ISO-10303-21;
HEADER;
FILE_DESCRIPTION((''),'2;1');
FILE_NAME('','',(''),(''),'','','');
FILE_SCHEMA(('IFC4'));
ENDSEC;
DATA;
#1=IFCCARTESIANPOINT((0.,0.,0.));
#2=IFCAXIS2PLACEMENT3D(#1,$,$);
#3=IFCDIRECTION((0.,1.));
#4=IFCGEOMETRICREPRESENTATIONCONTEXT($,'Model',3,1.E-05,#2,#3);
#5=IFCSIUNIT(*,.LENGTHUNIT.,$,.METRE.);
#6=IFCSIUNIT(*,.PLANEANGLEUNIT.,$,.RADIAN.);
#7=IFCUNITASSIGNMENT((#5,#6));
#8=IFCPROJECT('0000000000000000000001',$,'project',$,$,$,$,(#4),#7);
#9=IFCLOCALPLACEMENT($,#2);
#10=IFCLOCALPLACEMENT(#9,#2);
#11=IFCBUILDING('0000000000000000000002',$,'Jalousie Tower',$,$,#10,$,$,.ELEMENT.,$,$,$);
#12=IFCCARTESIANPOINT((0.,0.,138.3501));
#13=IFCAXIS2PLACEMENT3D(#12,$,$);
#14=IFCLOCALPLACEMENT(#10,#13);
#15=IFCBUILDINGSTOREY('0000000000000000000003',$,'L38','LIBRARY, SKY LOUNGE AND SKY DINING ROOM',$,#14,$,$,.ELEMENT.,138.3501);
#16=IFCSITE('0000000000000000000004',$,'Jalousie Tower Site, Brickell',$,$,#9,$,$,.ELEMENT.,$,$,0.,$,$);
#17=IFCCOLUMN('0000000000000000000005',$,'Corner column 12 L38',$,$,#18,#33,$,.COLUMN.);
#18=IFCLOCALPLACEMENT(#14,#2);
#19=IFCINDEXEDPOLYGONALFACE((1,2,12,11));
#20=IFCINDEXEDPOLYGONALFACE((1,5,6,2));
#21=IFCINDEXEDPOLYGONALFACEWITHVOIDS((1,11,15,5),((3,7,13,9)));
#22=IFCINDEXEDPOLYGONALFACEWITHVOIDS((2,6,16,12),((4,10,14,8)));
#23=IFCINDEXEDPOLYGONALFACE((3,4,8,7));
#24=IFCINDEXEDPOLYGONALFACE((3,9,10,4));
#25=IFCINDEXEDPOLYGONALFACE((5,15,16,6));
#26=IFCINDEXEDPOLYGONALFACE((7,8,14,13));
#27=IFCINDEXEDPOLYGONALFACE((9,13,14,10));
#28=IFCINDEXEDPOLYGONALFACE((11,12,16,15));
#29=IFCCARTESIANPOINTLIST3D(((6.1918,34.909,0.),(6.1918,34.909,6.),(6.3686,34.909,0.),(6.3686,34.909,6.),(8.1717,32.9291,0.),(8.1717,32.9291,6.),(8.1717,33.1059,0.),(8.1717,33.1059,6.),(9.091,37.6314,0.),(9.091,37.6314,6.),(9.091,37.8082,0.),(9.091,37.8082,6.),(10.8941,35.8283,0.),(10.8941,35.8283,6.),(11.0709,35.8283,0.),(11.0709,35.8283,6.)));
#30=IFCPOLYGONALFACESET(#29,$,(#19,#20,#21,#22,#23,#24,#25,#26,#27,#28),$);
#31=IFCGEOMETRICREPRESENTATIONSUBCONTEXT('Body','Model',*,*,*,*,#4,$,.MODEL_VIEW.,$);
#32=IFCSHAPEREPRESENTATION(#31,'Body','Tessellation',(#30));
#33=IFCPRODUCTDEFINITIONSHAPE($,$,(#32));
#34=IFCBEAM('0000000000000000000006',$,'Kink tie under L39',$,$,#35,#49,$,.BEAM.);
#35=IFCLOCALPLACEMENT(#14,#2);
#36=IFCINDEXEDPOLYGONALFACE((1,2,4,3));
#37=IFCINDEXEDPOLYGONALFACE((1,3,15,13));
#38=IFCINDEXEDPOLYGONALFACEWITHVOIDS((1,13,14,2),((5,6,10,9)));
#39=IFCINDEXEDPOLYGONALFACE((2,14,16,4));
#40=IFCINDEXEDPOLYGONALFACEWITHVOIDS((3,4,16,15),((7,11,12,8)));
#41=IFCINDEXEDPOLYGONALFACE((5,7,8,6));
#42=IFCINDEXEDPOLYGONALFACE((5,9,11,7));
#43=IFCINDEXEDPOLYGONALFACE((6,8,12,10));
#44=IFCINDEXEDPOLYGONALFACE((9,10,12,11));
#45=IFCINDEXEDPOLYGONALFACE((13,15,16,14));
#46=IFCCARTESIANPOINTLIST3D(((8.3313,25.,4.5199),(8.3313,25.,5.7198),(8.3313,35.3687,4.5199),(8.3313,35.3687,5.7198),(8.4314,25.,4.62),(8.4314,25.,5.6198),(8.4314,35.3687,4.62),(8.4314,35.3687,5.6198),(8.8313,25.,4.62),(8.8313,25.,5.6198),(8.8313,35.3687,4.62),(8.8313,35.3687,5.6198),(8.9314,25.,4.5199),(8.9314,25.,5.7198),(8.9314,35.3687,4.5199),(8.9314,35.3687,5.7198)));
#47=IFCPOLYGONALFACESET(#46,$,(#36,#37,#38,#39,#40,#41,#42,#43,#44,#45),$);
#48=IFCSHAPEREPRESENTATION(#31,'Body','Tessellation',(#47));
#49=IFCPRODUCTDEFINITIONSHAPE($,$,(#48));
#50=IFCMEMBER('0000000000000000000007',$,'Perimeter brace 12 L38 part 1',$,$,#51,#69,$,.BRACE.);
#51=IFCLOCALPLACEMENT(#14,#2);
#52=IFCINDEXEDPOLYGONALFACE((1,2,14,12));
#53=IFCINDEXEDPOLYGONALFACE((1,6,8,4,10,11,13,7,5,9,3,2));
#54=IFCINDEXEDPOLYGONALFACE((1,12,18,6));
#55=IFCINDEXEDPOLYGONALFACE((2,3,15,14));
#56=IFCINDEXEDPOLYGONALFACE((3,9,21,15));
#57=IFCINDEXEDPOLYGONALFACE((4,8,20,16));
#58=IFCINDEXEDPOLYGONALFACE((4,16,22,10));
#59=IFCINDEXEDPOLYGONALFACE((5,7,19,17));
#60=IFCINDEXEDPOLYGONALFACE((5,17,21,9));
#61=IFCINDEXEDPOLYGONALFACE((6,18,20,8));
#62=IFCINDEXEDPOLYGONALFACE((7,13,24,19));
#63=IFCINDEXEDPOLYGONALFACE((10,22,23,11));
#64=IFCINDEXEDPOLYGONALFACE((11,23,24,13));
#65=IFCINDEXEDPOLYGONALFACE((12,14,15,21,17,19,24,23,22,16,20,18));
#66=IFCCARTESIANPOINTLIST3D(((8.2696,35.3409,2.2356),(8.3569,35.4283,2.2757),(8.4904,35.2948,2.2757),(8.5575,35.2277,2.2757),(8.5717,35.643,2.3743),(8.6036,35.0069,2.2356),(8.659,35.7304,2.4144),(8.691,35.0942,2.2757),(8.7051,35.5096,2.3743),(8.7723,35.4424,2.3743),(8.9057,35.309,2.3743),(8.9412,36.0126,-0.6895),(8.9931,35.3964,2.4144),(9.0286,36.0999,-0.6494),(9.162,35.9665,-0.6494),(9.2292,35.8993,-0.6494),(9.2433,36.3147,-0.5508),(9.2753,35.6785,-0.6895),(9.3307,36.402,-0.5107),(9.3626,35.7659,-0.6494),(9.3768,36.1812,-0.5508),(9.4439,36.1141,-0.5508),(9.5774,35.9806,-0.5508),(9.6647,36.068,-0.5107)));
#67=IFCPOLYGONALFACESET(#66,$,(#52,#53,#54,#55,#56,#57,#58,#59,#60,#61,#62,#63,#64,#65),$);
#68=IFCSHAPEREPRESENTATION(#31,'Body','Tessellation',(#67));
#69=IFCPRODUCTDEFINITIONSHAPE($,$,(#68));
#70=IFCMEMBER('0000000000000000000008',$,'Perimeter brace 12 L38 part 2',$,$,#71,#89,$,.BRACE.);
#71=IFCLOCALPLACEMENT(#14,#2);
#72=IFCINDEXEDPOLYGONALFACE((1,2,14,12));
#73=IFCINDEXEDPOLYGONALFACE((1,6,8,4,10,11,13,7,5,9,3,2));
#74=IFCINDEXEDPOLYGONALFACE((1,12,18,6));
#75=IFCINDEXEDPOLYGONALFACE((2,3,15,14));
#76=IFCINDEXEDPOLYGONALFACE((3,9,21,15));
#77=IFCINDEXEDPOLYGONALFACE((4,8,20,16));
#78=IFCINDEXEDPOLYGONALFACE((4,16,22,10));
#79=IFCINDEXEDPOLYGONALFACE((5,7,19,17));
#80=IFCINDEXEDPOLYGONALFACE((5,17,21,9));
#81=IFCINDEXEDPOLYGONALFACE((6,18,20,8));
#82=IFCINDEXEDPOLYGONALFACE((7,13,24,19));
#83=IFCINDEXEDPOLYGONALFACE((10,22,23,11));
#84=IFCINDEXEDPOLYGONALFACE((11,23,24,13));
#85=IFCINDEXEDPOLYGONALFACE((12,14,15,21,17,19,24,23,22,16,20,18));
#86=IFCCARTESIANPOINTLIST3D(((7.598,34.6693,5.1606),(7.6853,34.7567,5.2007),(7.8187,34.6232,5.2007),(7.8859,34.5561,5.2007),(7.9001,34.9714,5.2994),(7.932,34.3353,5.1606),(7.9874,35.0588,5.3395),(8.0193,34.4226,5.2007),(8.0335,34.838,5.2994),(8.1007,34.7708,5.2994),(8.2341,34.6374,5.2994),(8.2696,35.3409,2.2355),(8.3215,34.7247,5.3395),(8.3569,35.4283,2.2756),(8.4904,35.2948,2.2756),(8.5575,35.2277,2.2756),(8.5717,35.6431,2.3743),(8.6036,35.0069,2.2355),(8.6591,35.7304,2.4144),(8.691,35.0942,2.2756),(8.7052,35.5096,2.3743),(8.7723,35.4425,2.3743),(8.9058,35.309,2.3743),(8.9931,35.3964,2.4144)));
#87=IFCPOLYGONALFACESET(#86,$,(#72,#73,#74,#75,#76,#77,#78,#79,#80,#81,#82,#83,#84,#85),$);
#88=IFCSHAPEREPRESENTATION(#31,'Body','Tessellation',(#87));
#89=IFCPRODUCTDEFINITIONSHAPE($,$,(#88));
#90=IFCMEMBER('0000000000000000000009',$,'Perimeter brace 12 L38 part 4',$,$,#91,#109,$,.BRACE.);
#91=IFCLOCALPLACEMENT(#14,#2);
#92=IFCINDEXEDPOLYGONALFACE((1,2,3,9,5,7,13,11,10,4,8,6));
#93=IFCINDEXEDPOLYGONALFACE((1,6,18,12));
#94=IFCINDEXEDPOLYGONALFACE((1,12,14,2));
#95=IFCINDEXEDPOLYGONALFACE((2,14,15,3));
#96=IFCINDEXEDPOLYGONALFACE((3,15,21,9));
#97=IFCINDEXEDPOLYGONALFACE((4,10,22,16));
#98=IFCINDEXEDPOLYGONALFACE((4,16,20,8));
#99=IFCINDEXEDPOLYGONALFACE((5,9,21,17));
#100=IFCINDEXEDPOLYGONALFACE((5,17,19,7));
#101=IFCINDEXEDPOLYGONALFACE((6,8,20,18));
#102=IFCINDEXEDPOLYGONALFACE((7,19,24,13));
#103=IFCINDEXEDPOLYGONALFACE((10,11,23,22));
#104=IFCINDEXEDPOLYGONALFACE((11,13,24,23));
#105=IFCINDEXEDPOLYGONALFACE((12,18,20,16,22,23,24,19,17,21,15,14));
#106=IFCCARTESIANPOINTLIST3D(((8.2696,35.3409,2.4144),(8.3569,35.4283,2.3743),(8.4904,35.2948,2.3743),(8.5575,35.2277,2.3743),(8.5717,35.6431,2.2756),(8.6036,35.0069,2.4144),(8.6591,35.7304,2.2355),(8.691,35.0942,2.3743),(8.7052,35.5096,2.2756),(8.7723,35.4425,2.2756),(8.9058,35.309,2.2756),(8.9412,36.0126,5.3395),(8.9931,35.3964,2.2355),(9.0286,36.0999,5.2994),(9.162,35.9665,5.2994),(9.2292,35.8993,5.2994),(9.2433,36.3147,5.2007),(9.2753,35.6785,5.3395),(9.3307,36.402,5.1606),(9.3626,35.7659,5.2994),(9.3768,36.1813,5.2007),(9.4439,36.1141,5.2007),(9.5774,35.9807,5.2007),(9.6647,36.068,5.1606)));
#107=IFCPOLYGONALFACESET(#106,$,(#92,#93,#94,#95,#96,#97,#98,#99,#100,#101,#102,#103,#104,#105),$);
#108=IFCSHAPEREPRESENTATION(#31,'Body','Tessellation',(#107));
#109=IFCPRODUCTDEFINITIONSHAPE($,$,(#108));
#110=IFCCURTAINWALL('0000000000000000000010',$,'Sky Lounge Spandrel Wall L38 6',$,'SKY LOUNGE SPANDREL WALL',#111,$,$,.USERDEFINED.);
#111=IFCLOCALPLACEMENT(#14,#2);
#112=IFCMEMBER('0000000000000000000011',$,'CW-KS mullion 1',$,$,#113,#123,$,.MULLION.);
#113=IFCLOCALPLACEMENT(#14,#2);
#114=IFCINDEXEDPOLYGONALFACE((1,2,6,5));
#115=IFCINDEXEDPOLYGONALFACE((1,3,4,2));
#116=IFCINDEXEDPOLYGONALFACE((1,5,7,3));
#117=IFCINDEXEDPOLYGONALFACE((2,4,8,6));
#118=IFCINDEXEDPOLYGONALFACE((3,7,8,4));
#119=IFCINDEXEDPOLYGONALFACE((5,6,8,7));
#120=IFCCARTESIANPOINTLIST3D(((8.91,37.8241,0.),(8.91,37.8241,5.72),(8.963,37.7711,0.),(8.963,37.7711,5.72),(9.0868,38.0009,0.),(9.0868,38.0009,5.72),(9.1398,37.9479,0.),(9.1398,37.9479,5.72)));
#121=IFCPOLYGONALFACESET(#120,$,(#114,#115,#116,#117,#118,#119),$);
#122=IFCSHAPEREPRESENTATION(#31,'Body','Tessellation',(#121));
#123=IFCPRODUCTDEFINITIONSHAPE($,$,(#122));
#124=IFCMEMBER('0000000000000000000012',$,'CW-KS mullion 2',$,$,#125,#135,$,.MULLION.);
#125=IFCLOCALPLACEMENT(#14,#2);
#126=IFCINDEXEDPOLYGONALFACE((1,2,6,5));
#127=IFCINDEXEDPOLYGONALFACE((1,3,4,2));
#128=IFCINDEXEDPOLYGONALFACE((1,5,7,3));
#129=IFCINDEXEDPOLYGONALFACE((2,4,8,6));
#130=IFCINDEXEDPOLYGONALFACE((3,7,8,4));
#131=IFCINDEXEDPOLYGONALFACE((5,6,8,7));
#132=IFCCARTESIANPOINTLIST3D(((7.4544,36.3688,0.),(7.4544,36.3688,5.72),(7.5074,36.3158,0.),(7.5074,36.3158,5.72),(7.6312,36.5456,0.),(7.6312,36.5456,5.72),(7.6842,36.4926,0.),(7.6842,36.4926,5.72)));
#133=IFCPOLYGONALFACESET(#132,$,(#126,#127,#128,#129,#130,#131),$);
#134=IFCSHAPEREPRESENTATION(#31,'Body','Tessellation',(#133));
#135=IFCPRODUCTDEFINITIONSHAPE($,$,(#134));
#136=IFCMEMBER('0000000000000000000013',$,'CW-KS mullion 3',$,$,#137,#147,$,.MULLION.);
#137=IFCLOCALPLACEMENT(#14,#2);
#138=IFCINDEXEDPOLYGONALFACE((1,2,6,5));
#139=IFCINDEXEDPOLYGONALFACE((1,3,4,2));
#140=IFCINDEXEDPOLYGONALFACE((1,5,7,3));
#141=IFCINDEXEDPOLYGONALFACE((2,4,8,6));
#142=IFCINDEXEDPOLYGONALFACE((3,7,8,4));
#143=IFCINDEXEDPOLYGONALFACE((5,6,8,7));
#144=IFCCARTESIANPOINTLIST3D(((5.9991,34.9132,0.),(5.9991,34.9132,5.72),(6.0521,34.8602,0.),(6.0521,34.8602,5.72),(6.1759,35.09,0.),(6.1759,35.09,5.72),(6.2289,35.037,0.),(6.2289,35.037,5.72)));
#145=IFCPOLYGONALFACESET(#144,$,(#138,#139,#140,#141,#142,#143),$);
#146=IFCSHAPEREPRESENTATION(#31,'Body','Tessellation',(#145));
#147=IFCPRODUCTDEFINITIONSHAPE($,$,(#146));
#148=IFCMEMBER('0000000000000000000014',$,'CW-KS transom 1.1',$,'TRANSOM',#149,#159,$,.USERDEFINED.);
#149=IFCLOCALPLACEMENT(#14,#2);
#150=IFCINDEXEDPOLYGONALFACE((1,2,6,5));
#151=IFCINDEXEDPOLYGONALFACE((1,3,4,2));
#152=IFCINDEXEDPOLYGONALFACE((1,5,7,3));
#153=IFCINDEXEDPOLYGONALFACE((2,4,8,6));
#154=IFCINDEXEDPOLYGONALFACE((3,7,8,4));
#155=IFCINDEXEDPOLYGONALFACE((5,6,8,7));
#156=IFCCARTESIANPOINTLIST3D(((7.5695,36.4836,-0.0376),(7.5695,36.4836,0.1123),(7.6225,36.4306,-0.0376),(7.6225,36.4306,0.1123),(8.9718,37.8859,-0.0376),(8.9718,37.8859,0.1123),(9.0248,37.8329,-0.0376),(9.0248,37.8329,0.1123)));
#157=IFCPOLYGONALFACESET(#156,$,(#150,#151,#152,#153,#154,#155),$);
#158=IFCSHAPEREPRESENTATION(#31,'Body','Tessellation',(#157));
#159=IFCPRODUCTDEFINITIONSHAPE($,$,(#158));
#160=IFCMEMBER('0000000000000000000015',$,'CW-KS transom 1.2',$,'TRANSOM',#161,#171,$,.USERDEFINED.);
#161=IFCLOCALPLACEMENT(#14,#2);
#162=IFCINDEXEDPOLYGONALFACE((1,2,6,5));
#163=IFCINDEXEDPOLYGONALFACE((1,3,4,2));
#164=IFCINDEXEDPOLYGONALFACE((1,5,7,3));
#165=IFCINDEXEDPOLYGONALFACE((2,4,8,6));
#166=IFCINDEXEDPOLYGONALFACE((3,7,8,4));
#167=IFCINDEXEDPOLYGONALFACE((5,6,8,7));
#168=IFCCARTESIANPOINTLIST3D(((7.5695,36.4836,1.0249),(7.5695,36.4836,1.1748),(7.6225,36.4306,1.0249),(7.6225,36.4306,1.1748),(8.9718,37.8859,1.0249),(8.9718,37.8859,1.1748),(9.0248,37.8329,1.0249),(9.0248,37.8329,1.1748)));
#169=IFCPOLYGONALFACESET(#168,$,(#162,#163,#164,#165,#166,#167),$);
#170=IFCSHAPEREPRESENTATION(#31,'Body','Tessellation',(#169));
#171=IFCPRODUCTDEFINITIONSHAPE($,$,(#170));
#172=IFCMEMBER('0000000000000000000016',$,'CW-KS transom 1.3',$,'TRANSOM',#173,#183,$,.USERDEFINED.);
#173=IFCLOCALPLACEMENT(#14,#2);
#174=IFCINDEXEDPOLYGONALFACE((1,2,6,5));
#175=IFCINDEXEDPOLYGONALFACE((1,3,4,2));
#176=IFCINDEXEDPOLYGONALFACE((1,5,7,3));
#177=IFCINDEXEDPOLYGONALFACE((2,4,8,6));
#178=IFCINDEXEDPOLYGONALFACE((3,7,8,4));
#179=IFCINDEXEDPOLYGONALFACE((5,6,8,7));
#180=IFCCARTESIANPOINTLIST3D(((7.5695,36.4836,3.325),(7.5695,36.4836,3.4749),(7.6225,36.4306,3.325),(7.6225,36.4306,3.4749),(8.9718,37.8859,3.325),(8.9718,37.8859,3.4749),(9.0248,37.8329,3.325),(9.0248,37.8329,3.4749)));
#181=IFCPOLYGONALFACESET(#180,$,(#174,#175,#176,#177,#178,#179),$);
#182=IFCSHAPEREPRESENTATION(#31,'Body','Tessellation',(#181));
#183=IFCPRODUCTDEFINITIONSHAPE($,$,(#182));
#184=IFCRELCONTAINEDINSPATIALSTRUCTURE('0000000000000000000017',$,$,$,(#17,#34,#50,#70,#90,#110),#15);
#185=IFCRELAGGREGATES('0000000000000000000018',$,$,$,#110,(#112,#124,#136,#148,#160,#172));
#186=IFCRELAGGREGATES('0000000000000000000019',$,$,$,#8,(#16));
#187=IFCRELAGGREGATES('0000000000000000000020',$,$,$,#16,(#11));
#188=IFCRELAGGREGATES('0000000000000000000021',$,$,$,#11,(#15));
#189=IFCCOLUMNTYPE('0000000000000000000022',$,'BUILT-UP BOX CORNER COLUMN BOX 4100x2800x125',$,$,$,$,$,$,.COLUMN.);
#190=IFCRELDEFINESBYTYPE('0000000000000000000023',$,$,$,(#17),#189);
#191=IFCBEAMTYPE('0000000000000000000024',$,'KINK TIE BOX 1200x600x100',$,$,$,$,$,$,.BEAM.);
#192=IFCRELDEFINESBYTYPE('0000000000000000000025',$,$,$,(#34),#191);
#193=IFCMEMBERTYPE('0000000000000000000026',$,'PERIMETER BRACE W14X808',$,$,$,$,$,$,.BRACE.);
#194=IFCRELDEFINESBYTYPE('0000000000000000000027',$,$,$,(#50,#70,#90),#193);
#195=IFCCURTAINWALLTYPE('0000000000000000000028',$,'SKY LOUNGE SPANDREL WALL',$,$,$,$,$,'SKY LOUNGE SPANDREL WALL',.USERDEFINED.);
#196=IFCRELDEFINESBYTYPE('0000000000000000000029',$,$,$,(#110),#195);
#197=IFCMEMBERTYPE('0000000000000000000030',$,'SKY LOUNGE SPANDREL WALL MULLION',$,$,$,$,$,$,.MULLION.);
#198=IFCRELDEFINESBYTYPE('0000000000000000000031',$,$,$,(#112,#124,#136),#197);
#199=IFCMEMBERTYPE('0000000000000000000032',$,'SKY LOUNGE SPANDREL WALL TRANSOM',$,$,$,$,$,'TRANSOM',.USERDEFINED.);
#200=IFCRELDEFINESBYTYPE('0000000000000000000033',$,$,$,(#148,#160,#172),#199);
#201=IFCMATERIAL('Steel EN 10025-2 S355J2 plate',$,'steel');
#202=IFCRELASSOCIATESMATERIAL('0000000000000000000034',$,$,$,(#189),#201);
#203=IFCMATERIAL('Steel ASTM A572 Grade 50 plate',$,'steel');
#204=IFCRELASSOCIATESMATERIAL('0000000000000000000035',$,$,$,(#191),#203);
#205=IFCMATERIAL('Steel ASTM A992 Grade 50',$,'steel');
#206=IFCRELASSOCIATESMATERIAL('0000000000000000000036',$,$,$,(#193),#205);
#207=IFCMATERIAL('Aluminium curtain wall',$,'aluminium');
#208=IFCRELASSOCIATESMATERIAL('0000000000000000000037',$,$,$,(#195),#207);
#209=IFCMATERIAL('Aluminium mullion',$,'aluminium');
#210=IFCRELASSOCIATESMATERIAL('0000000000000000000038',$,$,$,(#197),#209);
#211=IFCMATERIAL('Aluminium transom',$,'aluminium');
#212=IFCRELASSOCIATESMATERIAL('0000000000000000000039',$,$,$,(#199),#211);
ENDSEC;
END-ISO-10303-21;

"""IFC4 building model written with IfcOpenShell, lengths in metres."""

from ifc_helpers import new_model, si_unit, direction, frame, origin, origin_2d, place, context, subcontext, project, spatial, rectangle, hollow_rectangle, i_section, extrude, material, material_profile, profile_set, type_object, element, aggregate, save


model = new_model("IFC4")

# Units and contexts
model_context = context("Model", 3, precision=1e-05, world=origin(), true_north=direction((0.0, 1.0)))
body_context = subcontext(model_context, "Body", "Model", "MODEL_VIEW")
ifc_project = project(units=[si_unit("LENGTHUNIT", "METRE"), si_unit("PLANEANGLEUNIT", "RADIAN")], contexts=[model_context])

# Site, building, storey
site_placement = place(None, origin())
site = spatial("IfcSite", under=ifc_project, at=site_placement, Name="Jalousie Tower Site, Brickell", CompositionType="ELEMENT", RefElevation=0.0)
building_placement = place(site_placement, origin())
building = spatial("IfcBuilding", under=site, at=building_placement, Name="Jalousie Tower", CompositionType="ELEMENT")
storey_placement = place(building_placement, frame((0.0, 0.0, 138.3501)))
storey = spatial("IfcBuildingStorey", under=building, at=storey_placement, Name="L38", Description="LIBRARY, SKY LOUNGE AND SKY DINING ROOM", CompositionType="ELEMENT", Elevation=138.3501)

# Column
ifc_material_1 = material(Name="Steel EN 10025-2 S355J2 plate", Category="steel")
ifc_material_profile_1 = material_profile(ifc_material_1, hollow_rectangle(XDim=2.8, YDim=4.1001, WallThickness=0.125, at=origin_2d()), Name="BOX 4100x2800x125")
ifc_profile_set_1 = profile_set([ifc_material_profile_1], Name="Steel EN 10025-2 S355J2 plate")
column_type = type_object("IfcColumnType", Name="BUILT-UP BOX CORNER COLUMN BOX 4100x2800x125", PredefinedType="COLUMN", material=ifc_profile_set_1)
column_placement = place(storey_placement, frame((8.6313, 35.3687, 0.0), z_axis=(0.0, 0.0, 1.0), x_axis=(0.707107, -0.707107, 0.0)))
element("IfcColumn", 1, at=column_placement, inside=storey, type_object=column_type, Name="Corner column 12 L38", PredefinedType="COLUMN", context=body_context, shape_type="SweptSolid", body=[
    extrude(hollow_rectangle(XDim=2.8, YDim=4.1001, WallThickness=0.125, at=origin_2d()), origin(), (0.0, 0.0, 1.0), 6.0),
])

# Beam
ifc_material_2 = material(Name="Steel ASTM A572 Grade 50 plate", Category="steel")
ifc_material_profile_2 = material_profile(ifc_material_2, hollow_rectangle(XDim=0.6001, YDim=1.2, WallThickness=0.1001, at=origin_2d()), Name="BOX 1200x600x100")
ifc_profile_set_2 = profile_set([ifc_material_profile_2], Name="Steel ASTM A572 Grade 50 plate")
beam_type = type_object("IfcBeamType", Name="KINK TIE BOX 1200x600x100", PredefinedType="BEAM", material=ifc_profile_set_2)
beam_placement = place(storey_placement, frame((8.6313, 35.3687, 5.1199), z_axis=(0.0, -1.0, 0.0), x_axis=(1.0, 0.0, 0.0)))
element("IfcBeam", 2, at=beam_placement, inside=storey, type_object=beam_type, Name="Kink tie under L39", PredefinedType="BEAM", context=body_context, shape_type="SweptSolid", body=[
    extrude(hollow_rectangle(XDim=0.6001, YDim=1.2, WallThickness=0.1001, at=origin_2d()), origin(), (0.0, 0.0, 1.0), 10.3687),
])

# Members
ifc_material_3 = material(Name="Steel ASTM A992 Grade 50", Category="steel")
ifc_material_profile_3 = material_profile(ifc_material_3, i_section(OverallWidth=0.4724, OverallDepth=0.5791, WebThickness=0.095, FlangeThickness=0.1299, at=origin_2d()), Name="W14X808")
ifc_profile_set_3 = profile_set([ifc_material_profile_3], Name="Steel ASTM A992 Grade 50")
member_type_1 = type_object("IfcMemberType", Name="PERIMETER BRACE W14X808", PredefinedType="BRACE", material=ifc_profile_set_3)
for number, where, z_axis, x_axis, name in (
    (3, (9.303, 36.0403, -0.6001), (-0.218388, -0.218388, 0.951112), (0.707107, -0.707107, 0.0), "Perimeter brace 12 L38 part 1"),
    (4, (8.6313, 35.3687, 2.325), (-0.218388, -0.218388, 0.951112), (0.707107, -0.707107, 0.0), "Perimeter brace 12 L38 part 2"),
    (5, (8.6313, 35.3687, 2.325), (0.218388, 0.218388, 0.951112), (-0.707107, 0.707107, 0.0), "Perimeter brace 12 L38 part 4"),
):
    element("IfcMember", number, at=place(storey_placement, frame(where, z_axis=z_axis, x_axis=x_axis)), inside=storey, type_object=member_type_1, Name=name, PredefinedType="BRACE", context=body_context, shape_type="SweptSolid", body=[
        extrude(i_section(OverallWidth=0.4724, OverallDepth=0.5791, WebThickness=0.095, FlangeThickness=0.1299, at=origin_2d()), origin(), (0.0, 0.0, 1.0), 3.0754),
    ])

# Curtain wall, members
ifc_material_4 = material(Name="Aluminium curtain wall", Category="aluminium")
curtain_wall_type_1 = type_object("IfcCurtainWallType", Name="SKY LOUNGE SPANDREL WALL", ElementType="SKY LOUNGE SPANDREL WALL", PredefinedType="USERDEFINED", material=ifc_material_4)
curtain_wall_1_placement = place(storey_placement, origin())
curtain_wall_1 = element("IfcCurtainWall", 6, at=curtain_wall_1_placement, inside=storey, type_object=curtain_wall_type_1, Name="Sky Lounge Spandrel Wall L38 6", ObjectType="SKY LOUNGE SPANDREL WALL", PredefinedType="USERDEFINED")
ifc_material_5 = material(Name="Aluminium mullion", Category="aluminium")
ifc_material_profile_4 = material_profile(ifc_material_5, rectangle(XDim=0.075, YDim=0.25, at=origin_2d()), Name="MULLION 75x250")
ifc_profile_set_4 = profile_set([ifc_material_profile_4], Name="Aluminium mullion")
member_type_2 = type_object("IfcMemberType", Name="SKY LOUNGE SPANDREL WALL MULLION", PredefinedType="MULLION", material=ifc_profile_set_4)
member_1_placement = place(storey_placement, frame((9.0249, 37.886, 0.0), z_axis=(0.0, 0.0, 1.0), x_axis=(0.707107, -0.707107, 0.0)))
member_1 = element("IfcMember", 7, at=member_1_placement, type_object=member_type_2, Name="CW-KS mullion 1", PredefinedType="MULLION", context=body_context, shape_type="SweptSolid", body=[
    extrude(rectangle(XDim=0.075, YDim=0.25, at=origin_2d()), origin(), (0.0, 0.0, 1.0), 5.72),
])
member_2_placement = place(storey_placement, frame((7.5693, 36.4307, 0.0), z_axis=(0.0, 0.0, 1.0), x_axis=(0.707107, -0.707107, 0.0)))
member_2 = element("IfcMember", 8, at=member_2_placement, type_object=member_type_2, Name="CW-KS mullion 2", PredefinedType="MULLION", context=body_context, shape_type="SweptSolid", body=[
    extrude(rectangle(XDim=0.075, YDim=0.25, at=origin_2d()), origin(), (0.0, 0.0, 1.0), 5.72),
])
member_3_placement = place(storey_placement, frame((6.114, 34.9751, 0.0), z_axis=(0.0, 0.0, 1.0), x_axis=(0.707107, -0.707107, 0.0)))
member_3 = element("IfcMember", 9, at=member_3_placement, type_object=member_type_2, Name="CW-KS mullion 3", PredefinedType="MULLION", context=body_context, shape_type="SweptSolid", body=[
    extrude(rectangle(XDim=0.075, YDim=0.25, at=origin_2d()), origin(), (0.0, 0.0, 1.0), 5.72),
])
ifc_material_6 = material(Name="Aluminium transom", Category="aluminium")
ifc_material_profile_5 = material_profile(ifc_material_6, rectangle(XDim=0.075, YDim=0.1499, at=origin_2d()), Name="TRANSOM 75x150")
ifc_profile_set_5 = profile_set([ifc_material_profile_5], Name="Aluminium transom")
member_type_3 = type_object("IfcMemberType", Name="SKY LOUNGE SPANDREL WALL TRANSOM", ElementType="TRANSOM", PredefinedType="USERDEFINED", material=ifc_profile_set_5)
member_4_placement = place(storey_placement, frame((8.9983, 37.8594, 0.0374), z_axis=(-0.707107, -0.707107, 0.0), x_axis=(0.707107, -0.707107, 0.0)))
member_4 = element("IfcMember", 10, at=member_4_placement, type_object=member_type_3, Name="CW-KS transom 1.1", ObjectType="TRANSOM", PredefinedType="USERDEFINED", context=body_context, shape_type="SweptSolid", body=[
    extrude(rectangle(XDim=0.075, YDim=0.1499, at=origin_2d()), origin(), (0.0, 0.0, 1.0), 1.9832),
])
member_5_placement = place(storey_placement, frame((8.9983, 37.8594, 1.0999), z_axis=(-0.707107, -0.707107, 0.0), x_axis=(0.707107, -0.707107, 0.0)))
member_5 = element("IfcMember", 11, at=member_5_placement, type_object=member_type_3, Name="CW-KS transom 1.2", ObjectType="TRANSOM", PredefinedType="USERDEFINED", context=body_context, shape_type="SweptSolid", body=[
    extrude(rectangle(XDim=0.075, YDim=0.1499, at=origin_2d()), origin(), (0.0, 0.0, 1.0), 1.9832),
])
member_6_placement = place(storey_placement, frame((8.9983, 37.8594, 3.3999), z_axis=(-0.707107, -0.707107, 0.0), x_axis=(0.707107, -0.707107, 0.0)))
member_6 = element("IfcMember", 12, at=member_6_placement, type_object=member_type_3, Name="CW-KS transom 1.3", ObjectType="TRANSOM", PredefinedType="USERDEFINED", context=body_context, shape_type="SweptSolid", body=[
    extrude(rectangle(XDim=0.075, YDim=0.1499, at=origin_2d()), origin(), (0.0, 0.0, 1.0), 1.9832),
])

aggregate(curtain_wall_1, [member_1, member_2, member_3, member_4, member_5, member_6])

save(model, "model.ifc")
